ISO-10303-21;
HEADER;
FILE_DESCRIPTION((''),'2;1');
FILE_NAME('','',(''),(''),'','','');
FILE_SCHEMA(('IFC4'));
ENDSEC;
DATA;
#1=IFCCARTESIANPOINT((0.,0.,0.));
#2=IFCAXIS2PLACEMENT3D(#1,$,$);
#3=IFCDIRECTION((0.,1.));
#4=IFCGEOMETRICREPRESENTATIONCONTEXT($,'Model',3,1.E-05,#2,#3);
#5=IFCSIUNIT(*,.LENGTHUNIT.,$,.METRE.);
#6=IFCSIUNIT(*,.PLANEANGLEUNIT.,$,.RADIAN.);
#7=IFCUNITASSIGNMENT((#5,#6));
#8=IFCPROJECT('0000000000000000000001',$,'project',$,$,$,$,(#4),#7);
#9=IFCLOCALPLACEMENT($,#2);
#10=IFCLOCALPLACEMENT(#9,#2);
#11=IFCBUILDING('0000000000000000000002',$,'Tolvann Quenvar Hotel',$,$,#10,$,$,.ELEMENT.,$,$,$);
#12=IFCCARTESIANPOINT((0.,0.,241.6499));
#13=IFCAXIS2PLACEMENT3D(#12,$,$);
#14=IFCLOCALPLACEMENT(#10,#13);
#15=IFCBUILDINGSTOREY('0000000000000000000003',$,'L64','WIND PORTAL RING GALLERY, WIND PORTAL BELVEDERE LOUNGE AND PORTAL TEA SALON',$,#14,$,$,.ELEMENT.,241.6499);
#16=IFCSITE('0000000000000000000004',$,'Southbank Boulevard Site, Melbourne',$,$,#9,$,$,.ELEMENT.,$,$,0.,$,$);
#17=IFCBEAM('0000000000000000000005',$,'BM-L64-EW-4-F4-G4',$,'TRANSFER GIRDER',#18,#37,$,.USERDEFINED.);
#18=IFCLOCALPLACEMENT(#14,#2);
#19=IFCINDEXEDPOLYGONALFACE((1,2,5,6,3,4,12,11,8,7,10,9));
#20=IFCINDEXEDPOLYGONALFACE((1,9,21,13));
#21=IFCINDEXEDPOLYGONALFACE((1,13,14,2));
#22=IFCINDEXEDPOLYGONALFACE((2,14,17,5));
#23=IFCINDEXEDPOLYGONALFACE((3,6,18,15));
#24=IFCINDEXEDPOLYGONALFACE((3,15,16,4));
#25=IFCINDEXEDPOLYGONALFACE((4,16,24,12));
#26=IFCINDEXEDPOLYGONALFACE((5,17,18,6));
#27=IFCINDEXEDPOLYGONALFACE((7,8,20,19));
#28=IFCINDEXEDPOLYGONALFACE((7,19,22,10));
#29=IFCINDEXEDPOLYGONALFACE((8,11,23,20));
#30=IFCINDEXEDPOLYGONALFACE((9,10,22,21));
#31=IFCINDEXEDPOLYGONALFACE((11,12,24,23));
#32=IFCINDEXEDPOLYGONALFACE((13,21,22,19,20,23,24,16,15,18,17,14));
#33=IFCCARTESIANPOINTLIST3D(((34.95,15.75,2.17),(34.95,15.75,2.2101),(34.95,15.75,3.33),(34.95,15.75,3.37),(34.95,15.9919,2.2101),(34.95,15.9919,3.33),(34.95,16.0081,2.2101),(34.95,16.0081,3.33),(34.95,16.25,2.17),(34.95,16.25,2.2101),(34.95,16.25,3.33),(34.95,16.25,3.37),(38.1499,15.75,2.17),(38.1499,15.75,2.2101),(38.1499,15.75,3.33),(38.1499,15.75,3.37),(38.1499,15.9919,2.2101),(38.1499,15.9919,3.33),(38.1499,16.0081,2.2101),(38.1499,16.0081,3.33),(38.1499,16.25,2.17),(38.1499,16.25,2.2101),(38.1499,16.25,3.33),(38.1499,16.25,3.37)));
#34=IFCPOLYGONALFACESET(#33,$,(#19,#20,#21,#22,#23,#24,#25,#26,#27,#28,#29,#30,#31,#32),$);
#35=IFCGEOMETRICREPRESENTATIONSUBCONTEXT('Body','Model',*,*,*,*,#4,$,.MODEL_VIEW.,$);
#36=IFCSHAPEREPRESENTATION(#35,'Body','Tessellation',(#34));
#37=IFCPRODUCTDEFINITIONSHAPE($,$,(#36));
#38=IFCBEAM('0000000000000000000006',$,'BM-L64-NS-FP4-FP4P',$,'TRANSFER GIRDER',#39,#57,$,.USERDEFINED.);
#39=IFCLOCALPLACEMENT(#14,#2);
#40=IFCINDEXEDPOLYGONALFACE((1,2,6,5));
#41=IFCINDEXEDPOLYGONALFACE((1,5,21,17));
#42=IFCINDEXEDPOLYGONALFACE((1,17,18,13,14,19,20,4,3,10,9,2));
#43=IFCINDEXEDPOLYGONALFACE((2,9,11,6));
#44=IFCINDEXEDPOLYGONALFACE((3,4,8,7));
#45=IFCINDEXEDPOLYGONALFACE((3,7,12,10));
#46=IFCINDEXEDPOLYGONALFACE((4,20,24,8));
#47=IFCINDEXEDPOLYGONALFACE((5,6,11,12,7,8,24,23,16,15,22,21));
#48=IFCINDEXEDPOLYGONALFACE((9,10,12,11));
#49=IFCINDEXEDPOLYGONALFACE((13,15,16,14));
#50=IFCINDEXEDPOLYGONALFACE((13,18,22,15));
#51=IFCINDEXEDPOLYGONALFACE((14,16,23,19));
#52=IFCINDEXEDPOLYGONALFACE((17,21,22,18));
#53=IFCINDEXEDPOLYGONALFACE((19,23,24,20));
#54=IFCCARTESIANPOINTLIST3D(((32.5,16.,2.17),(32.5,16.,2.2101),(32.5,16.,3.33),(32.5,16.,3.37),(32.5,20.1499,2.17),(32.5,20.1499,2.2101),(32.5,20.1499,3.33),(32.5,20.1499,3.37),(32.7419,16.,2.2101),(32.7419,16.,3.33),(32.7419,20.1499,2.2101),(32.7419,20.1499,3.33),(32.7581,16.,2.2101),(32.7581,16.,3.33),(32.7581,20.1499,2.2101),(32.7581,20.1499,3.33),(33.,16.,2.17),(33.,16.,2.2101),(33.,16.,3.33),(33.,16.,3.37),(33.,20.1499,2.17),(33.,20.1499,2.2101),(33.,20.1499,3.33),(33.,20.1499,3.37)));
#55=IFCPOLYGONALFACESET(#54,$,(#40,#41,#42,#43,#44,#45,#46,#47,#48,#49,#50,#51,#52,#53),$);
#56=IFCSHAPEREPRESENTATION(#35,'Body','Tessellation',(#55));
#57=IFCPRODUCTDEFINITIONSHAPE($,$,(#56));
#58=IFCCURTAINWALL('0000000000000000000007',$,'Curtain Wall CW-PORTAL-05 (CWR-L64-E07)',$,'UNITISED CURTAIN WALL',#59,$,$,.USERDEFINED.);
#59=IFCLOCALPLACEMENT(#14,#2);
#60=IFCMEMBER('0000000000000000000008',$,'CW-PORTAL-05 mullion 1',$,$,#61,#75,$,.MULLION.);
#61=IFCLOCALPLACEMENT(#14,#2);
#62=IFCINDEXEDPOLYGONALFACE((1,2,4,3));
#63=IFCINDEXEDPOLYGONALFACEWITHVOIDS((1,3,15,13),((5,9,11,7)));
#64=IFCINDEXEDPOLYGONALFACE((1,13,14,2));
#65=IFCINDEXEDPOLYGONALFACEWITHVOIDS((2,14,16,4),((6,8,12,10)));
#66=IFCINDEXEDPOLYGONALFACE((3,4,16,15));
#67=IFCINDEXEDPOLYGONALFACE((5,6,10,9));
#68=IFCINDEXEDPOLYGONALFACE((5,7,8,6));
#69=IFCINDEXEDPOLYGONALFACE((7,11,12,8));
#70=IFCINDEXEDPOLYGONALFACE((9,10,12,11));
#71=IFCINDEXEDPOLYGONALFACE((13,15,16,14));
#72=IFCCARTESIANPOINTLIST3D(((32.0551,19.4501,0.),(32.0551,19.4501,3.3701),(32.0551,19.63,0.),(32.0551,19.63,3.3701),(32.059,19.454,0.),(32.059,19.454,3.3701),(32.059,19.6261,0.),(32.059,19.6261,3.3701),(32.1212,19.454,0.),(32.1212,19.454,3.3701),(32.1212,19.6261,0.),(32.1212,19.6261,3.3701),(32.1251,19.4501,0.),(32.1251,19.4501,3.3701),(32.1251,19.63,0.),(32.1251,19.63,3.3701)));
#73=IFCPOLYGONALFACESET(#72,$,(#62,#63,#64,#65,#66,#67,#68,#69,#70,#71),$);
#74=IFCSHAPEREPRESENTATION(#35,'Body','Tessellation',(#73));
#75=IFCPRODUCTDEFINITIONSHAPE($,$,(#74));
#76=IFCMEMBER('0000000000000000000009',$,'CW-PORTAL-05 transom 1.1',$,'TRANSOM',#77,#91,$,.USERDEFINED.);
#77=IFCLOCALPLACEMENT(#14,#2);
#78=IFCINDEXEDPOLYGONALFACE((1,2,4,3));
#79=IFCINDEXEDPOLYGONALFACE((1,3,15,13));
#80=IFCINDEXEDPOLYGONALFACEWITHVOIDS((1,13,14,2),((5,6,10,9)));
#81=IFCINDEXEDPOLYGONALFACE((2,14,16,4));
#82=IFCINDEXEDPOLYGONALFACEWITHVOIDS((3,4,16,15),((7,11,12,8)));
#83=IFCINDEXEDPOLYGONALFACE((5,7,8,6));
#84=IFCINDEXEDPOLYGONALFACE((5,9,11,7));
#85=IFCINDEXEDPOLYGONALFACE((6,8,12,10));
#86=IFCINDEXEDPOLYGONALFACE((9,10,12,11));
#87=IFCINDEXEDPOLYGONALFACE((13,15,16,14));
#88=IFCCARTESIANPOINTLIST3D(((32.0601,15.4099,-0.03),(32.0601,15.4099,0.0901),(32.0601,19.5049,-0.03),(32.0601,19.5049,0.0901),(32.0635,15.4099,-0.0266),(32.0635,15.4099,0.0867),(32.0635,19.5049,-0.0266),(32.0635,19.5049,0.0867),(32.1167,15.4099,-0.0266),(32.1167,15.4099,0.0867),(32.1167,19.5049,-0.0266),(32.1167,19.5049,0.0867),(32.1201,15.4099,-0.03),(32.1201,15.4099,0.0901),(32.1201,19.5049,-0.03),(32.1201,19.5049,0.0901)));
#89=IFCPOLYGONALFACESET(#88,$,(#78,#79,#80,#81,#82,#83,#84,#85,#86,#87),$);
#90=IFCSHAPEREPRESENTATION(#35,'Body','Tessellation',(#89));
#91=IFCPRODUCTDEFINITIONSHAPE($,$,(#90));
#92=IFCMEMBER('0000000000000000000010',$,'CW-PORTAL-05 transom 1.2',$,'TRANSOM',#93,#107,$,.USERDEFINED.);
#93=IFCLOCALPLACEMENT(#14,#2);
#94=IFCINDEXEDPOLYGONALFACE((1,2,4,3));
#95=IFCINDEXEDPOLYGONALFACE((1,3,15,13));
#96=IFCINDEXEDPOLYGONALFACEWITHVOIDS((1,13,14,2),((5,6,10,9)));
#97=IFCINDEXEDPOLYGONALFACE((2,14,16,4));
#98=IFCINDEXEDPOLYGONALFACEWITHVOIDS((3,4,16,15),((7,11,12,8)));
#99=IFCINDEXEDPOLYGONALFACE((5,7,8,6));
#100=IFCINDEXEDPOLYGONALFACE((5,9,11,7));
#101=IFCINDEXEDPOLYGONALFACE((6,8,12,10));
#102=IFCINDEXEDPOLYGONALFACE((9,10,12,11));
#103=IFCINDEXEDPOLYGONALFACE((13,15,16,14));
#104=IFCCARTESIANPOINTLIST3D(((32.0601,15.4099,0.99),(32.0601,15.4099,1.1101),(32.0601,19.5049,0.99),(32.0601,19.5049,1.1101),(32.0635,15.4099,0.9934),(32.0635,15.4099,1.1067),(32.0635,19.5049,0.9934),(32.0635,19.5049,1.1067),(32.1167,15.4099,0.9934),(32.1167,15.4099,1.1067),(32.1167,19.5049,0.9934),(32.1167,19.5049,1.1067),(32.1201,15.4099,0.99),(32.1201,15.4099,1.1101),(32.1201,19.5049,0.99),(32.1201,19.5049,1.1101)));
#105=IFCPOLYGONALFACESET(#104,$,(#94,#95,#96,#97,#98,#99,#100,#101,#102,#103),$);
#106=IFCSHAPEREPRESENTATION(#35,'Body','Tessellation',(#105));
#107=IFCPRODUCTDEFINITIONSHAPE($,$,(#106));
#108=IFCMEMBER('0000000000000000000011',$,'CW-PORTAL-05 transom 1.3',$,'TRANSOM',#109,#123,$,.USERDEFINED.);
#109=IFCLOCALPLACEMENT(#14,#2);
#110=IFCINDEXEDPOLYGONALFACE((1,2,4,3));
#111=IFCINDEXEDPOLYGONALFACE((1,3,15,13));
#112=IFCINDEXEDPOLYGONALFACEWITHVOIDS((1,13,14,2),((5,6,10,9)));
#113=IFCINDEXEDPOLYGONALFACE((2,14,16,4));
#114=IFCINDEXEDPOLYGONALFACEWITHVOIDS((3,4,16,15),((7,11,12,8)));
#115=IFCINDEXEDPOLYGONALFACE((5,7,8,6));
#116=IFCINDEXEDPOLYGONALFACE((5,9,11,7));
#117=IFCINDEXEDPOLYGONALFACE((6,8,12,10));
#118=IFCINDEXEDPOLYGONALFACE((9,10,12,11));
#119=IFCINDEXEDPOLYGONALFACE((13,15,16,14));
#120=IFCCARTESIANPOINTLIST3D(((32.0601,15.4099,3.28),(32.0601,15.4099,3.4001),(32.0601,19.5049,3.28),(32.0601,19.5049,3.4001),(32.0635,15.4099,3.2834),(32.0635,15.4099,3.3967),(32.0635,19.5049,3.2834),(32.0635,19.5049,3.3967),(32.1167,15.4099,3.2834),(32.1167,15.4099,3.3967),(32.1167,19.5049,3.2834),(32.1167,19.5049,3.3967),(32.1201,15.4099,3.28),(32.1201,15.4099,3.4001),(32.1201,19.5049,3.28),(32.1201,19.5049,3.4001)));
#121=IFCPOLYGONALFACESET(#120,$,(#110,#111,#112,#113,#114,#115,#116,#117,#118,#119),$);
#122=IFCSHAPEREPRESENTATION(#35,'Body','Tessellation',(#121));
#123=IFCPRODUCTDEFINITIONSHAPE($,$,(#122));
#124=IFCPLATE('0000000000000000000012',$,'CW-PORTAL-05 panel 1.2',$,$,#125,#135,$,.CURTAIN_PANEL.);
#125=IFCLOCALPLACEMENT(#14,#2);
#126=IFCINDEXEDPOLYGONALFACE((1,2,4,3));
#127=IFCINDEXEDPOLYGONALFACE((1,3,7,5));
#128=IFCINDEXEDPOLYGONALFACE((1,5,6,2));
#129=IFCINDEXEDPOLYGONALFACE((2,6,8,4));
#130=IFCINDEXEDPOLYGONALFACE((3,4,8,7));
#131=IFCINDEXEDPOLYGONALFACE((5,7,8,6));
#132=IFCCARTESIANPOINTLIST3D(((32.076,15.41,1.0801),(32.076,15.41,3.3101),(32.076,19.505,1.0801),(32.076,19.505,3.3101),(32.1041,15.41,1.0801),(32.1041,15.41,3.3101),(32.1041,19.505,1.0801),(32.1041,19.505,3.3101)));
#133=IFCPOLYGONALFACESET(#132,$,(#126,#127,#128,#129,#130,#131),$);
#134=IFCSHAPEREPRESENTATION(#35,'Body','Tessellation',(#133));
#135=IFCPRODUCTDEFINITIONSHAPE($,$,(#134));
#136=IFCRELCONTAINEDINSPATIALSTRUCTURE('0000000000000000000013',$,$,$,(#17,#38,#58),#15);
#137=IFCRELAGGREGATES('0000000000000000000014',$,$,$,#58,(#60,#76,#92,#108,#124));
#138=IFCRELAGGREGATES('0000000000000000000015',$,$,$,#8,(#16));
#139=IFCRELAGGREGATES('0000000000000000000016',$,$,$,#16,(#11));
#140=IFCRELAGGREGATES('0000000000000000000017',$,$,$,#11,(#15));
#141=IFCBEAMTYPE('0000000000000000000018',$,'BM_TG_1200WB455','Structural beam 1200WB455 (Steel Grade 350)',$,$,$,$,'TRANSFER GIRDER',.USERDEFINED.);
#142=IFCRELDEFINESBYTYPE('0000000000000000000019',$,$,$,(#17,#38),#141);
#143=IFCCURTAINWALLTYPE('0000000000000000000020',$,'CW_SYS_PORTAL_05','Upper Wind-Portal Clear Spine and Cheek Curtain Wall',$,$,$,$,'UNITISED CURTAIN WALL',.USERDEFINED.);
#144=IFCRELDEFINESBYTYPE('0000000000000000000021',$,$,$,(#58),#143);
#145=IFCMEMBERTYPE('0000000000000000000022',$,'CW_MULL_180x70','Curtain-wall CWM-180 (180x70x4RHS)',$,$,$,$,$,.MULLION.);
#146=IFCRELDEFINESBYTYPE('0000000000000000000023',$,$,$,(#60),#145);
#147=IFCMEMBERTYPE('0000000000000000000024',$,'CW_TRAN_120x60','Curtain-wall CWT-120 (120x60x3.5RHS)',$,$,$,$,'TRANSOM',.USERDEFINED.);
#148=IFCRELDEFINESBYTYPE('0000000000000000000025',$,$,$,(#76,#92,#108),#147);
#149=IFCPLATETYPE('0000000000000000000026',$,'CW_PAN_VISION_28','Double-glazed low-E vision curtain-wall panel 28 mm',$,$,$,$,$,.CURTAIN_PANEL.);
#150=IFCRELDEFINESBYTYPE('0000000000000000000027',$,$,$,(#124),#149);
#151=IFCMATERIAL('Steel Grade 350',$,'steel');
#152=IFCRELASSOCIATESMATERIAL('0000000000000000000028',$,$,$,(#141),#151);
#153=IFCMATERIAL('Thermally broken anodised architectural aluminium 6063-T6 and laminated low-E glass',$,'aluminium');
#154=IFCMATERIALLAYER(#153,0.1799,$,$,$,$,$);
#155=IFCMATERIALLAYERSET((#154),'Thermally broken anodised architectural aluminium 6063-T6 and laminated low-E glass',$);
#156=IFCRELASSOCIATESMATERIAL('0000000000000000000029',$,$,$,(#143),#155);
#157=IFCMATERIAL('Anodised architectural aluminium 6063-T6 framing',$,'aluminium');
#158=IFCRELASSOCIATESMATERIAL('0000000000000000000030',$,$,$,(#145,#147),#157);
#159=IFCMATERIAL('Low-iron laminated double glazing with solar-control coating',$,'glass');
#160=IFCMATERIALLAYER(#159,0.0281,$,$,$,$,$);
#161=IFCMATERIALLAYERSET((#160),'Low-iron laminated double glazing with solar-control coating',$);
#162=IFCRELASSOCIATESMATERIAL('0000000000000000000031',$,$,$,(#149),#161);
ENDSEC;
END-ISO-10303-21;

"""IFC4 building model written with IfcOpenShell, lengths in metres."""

from ifc_helpers import new_model, si_unit, direction, frame, origin, origin_2d, place, context, subcontext, project, spatial, rectangle, hollow_rectangle, i_section, extrude, source, transform, mapped, material, layer, layer_set, material_profile, profile_set, type_object, type_shapes, element, aggregate, save


model = new_model("IFC4")

# Units and contexts
model_context = context("Model", 3, precision=1e-05, world=origin(), true_north=direction((0.0, 1.0)))
body_context = subcontext(model_context, "Body", "Model", "MODEL_VIEW")
ifc_project = project(units=[si_unit("LENGTHUNIT", "METRE"), si_unit("PLANEANGLEUNIT", "RADIAN")], contexts=[model_context])

# Site, building, storey
site_placement = place(None, origin())
site = spatial("IfcSite", under=ifc_project, at=site_placement, Name="Southbank Boulevard Site, Melbourne", CompositionType="ELEMENT", RefElevation=0.0)
building_placement = place(site_placement, origin())
building = spatial("IfcBuilding", under=site, at=building_placement, Name="Tolvann Quenvar Hotel", CompositionType="ELEMENT")
storey_placement = place(building_placement, frame((0.0, 0.0, 241.6499)))
storey = spatial("IfcBuildingStorey", under=building, at=storey_placement, Name="L64", Description="WIND PORTAL RING GALLERY, WIND PORTAL BELVEDERE LOUNGE AND PORTAL TEA SALON", CompositionType="ELEMENT", Elevation=241.6499)

# Shared definitions
ifc_material_1 = material(Name="Steel Grade 350", Category="steel")

# Beams
ifc_material_profile_1 = material_profile(ifc_material_1, i_section(OverallWidth=0.5, OverallDepth=1.2, WebThickness=0.0161, FlangeThickness=0.04, at=origin_2d()), Name="1200WB455")
ifc_profile_set_1 = profile_set([ifc_material_profile_1], Name="Steel Grade 350")
beam_type = type_object("IfcBeamType", Name="BM_TG_1200WB455", Description="Structural beam 1200WB455 (Steel Grade 350)", ElementType="TRANSFER GIRDER", PredefinedType="USERDEFINED", material=ifc_profile_set_1)
shared_shape_1 = source(origin(), body_context, "Body", "SweptSolid", [
    extrude(i_section(OverallWidth=0.5, OverallDepth=1.2, WebThickness=0.0161, FlangeThickness=0.04, at=origin_2d()), origin(), (0.0, 0.0, 1.0), 3.2),
])
for number, where, z_axis, x_axis, name in (
    (1, (34.95, 16.0, 2.77), (1.0, 0.0, 0.0), (0.0, 1.0, 0.0), "BM-L64-EW-4-F4-G4"),
):
    element("IfcBeam", number, at=place(storey_placement, frame(where, z_axis=z_axis, x_axis=x_axis)), inside=storey, type_object=beam_type, Name=name, ObjectType="TRANSFER GIRDER", PredefinedType="USERDEFINED", context=body_context, shape_type="MappedRepresentation", body=[
        mapped(shared_shape_1, transform((0.0, 0.0, 0.0), x_axis=(1.0, 0.0, 0.0), y_axis=(0.0, 1.0, 0.0), z_axis=(0.0, 0.0, 1.0), scale=1.0)),
    ])
shared_shape_2 = source(origin(), body_context, "Body", "SweptSolid", [
    extrude(i_section(OverallWidth=0.5, OverallDepth=1.2, WebThickness=0.0161, FlangeThickness=0.04, at=origin_2d()), origin(), (0.0, 0.0, 1.0), 4.1499),
])
beam_1_placement = place(storey_placement, frame((32.75, 16.0, 2.77), z_axis=(0.0, 1.0, 0.0), x_axis=(-1.0, 0.0, 0.0)))
element("IfcBeam", 2, at=beam_1_placement, inside=storey, type_object=beam_type, Name="BM-L64-NS-FP4-FP4P", ObjectType="TRANSFER GIRDER", PredefinedType="USERDEFINED", context=body_context, shape_type="MappedRepresentation", body=[
    mapped(shared_shape_2, transform((0.0, 0.0, 0.0), x_axis=(1.0, 0.0, 0.0), y_axis=(0.0, 1.0, 0.0), z_axis=(0.0, 0.0, 1.0), scale=1.0)),
])

# Curtain wall, members, plate
ifc_material_2 = material(Name="Thermally broken anodised architectural aluminium 6063-T6 and laminated low-E glass", Category="aluminium")
ifc_layer_1 = layer(ifc_material_2, 0.1799)
ifc_layer_set_1 = layer_set([ifc_layer_1], Name="Thermally broken anodised architectural aluminium 6063-T6 and laminated low-E glass")
curtain_wall_type = type_object("IfcCurtainWallType", Name="CW_SYS_PORTAL_05", Description="Upper Wind-Portal Clear Spine and Cheek Curtain Wall", ElementType="UNITISED CURTAIN WALL", PredefinedType="USERDEFINED", material=ifc_layer_set_1)
curtain_wall_placement = place(storey_placement, origin())
curtain_wall = element("IfcCurtainWall", 3, at=curtain_wall_placement, inside=storey, type_object=curtain_wall_type, Name="Curtain Wall CW-PORTAL-05 (CWR-L64-E07)", ObjectType="UNITISED CURTAIN WALL", PredefinedType="USERDEFINED")
ifc_material_3 = material(Name="Anodised architectural aluminium 6063-T6 framing", Category="aluminium")
ifc_material_profile_2 = material_profile(ifc_material_3, hollow_rectangle(XDim=0.0701, YDim=0.1799, WallThickness=0.0039, at=origin_2d()), Name="180x70x4RHS")
ifc_profile_set_2 = profile_set([ifc_material_profile_2], Name="Anodised architectural aluminium 6063-T6 framing")
member_type_1 = type_object("IfcMemberType", Name="CW_MULL_180x70", Description="Curtain-wall CWM-180 (180x70x4RHS)", PredefinedType="MULLION", material=ifc_profile_set_2)
shared_shape_3 = source(origin(), body_context, "Body", "SweptSolid", [
    extrude(hollow_rectangle(XDim=0.0701, YDim=0.1799, WallThickness=0.0039, at=origin_2d()), origin(), (0.0, 0.0, 1.0), 3.3701),
])
type_shapes(member_type_1, [shared_shape_3])
member_1_placement = place(storey_placement, frame((32.0901, 19.54, 0.0), z_axis=(0.0, 0.0, 1.0), x_axis=(1.0, 0.0, 0.0)))
member_1 = element("IfcMember", 4, at=member_1_placement, type_object=member_type_1, Name="CW-PORTAL-05 mullion 1", PredefinedType="MULLION", context=body_context, shape_type="MappedRepresentation", body=[
    mapped(shared_shape_3, transform((0.0, 0.0, 0.0), x_axis=(1.0, 0.0, 0.0), y_axis=(0.0, 1.0, 0.0), z_axis=(0.0, 0.0, 1.0), scale=1.0)),
])
ifc_material_profile_3 = material_profile(ifc_material_3, hollow_rectangle(XDim=0.0601, YDim=0.1201, WallThickness=0.0034, at=origin_2d()), Name="120x60x3.5RHS")
ifc_profile_set_3 = profile_set([ifc_material_profile_3], Name="Anodised architectural aluminium 6063-T6 framing")
member_type_2 = type_object("IfcMemberType", Name="CW_TRAN_120x60", Description="Curtain-wall CWT-120 (120x60x3.5RHS)", ElementType="TRANSOM", PredefinedType="USERDEFINED", material=ifc_profile_set_3)
shared_shape_4 = source(origin(), body_context, "Body", "SweptSolid", [
    extrude(hollow_rectangle(XDim=0.0601, YDim=0.1201, WallThickness=0.0034, at=origin_2d()), origin(), (0.0, 0.0, 1.0), 4.095),
])
type_shapes(member_type_2, [shared_shape_4])
member_2_placement = place(storey_placement, frame((32.0901, 19.5049, 0.03), z_axis=(0.0, -1.0, 0.0), x_axis=(1.0, 0.0, 0.0)))
member_2 = element("IfcMember", 5, at=member_2_placement, type_object=member_type_2, Name="CW-PORTAL-05 transom 1.1", ObjectType="TRANSOM", PredefinedType="USERDEFINED", context=body_context, shape_type="MappedRepresentation", body=[
    mapped(shared_shape_4, transform((0.0, 0.0, 0.0), x_axis=(1.0, 0.0, 0.0), y_axis=(0.0, 1.0, 0.0), z_axis=(0.0, 0.0, 1.0), scale=1.0)),
])
member_3_placement = place(storey_placement, frame((32.0901, 19.5049, 1.05), z_axis=(0.0, -1.0, 0.0), x_axis=(1.0, 0.0, 0.0)))
member_3 = element("IfcMember", 6, at=member_3_placement, type_object=member_type_2, Name="CW-PORTAL-05 transom 1.2", ObjectType="TRANSOM", PredefinedType="USERDEFINED", context=body_context, shape_type="MappedRepresentation", body=[
    mapped(shared_shape_4, transform((0.0, 0.0, 0.0), x_axis=(1.0, 0.0, 0.0), y_axis=(0.0, 1.0, 0.0), z_axis=(0.0, 0.0, 1.0), scale=1.0)),
])
member_4_placement = place(storey_placement, frame((32.0901, 19.5049, 3.3401), z_axis=(0.0, -1.0, 0.0), x_axis=(1.0, 0.0, 0.0)))
member_4 = element("IfcMember", 7, at=member_4_placement, type_object=member_type_2, Name="CW-PORTAL-05 transom 1.3", ObjectType="TRANSOM", PredefinedType="USERDEFINED", context=body_context, shape_type="MappedRepresentation", body=[
    mapped(shared_shape_4, transform((0.0, 0.0, 0.0), x_axis=(1.0, 0.0, 0.0), y_axis=(0.0, 1.0, 0.0), z_axis=(0.0, 0.0, 1.0), scale=1.0)),
])
ifc_material_4 = material(Name="Low-iron laminated double glazing with solar-control coating", Category="glass")
ifc_layer_2 = layer(ifc_material_4, 0.0281)
ifc_layer_set_2 = layer_set([ifc_layer_2], Name="Low-iron laminated double glazing with solar-control coating")
plate_type = type_object("IfcPlateType", Name="CW_PAN_VISION_28", Description="Double-glazed low-E vision curtain-wall panel 28 mm", PredefinedType="CURTAIN_PANEL", material=ifc_layer_set_2)
shared_shape_5 = source(origin(), body_context, "Body", "SweptSolid", [
    extrude(rectangle(XDim=4.095, YDim=0.0281, at=origin_2d()), origin(), (0.0, 0.0, 1.0), 2.23),
])
type_shapes(plate_type, [shared_shape_5])
plate_placement = place(storey_placement, frame((32.0901, 17.4575, 1.0801), z_axis=(0.0, 0.0, 1.0), x_axis=(0.0, -1.0, 0.0)))
plate = element("IfcPlate", 8, at=plate_placement, type_object=plate_type, Name="CW-PORTAL-05 panel 1.2", PredefinedType="CURTAIN_PANEL", context=body_context, shape_type="MappedRepresentation", body=[
    mapped(shared_shape_5, transform((0.0, 0.0, 0.0), x_axis=(1.0, 0.0, 0.0), y_axis=(0.0, 1.0, 0.0), z_axis=(0.0, 0.0, 1.0), scale=1.0)),
])
aggregate(curtain_wall, [member_1, member_2, member_3, member_4, plate])

save(model, "model.ifc")
